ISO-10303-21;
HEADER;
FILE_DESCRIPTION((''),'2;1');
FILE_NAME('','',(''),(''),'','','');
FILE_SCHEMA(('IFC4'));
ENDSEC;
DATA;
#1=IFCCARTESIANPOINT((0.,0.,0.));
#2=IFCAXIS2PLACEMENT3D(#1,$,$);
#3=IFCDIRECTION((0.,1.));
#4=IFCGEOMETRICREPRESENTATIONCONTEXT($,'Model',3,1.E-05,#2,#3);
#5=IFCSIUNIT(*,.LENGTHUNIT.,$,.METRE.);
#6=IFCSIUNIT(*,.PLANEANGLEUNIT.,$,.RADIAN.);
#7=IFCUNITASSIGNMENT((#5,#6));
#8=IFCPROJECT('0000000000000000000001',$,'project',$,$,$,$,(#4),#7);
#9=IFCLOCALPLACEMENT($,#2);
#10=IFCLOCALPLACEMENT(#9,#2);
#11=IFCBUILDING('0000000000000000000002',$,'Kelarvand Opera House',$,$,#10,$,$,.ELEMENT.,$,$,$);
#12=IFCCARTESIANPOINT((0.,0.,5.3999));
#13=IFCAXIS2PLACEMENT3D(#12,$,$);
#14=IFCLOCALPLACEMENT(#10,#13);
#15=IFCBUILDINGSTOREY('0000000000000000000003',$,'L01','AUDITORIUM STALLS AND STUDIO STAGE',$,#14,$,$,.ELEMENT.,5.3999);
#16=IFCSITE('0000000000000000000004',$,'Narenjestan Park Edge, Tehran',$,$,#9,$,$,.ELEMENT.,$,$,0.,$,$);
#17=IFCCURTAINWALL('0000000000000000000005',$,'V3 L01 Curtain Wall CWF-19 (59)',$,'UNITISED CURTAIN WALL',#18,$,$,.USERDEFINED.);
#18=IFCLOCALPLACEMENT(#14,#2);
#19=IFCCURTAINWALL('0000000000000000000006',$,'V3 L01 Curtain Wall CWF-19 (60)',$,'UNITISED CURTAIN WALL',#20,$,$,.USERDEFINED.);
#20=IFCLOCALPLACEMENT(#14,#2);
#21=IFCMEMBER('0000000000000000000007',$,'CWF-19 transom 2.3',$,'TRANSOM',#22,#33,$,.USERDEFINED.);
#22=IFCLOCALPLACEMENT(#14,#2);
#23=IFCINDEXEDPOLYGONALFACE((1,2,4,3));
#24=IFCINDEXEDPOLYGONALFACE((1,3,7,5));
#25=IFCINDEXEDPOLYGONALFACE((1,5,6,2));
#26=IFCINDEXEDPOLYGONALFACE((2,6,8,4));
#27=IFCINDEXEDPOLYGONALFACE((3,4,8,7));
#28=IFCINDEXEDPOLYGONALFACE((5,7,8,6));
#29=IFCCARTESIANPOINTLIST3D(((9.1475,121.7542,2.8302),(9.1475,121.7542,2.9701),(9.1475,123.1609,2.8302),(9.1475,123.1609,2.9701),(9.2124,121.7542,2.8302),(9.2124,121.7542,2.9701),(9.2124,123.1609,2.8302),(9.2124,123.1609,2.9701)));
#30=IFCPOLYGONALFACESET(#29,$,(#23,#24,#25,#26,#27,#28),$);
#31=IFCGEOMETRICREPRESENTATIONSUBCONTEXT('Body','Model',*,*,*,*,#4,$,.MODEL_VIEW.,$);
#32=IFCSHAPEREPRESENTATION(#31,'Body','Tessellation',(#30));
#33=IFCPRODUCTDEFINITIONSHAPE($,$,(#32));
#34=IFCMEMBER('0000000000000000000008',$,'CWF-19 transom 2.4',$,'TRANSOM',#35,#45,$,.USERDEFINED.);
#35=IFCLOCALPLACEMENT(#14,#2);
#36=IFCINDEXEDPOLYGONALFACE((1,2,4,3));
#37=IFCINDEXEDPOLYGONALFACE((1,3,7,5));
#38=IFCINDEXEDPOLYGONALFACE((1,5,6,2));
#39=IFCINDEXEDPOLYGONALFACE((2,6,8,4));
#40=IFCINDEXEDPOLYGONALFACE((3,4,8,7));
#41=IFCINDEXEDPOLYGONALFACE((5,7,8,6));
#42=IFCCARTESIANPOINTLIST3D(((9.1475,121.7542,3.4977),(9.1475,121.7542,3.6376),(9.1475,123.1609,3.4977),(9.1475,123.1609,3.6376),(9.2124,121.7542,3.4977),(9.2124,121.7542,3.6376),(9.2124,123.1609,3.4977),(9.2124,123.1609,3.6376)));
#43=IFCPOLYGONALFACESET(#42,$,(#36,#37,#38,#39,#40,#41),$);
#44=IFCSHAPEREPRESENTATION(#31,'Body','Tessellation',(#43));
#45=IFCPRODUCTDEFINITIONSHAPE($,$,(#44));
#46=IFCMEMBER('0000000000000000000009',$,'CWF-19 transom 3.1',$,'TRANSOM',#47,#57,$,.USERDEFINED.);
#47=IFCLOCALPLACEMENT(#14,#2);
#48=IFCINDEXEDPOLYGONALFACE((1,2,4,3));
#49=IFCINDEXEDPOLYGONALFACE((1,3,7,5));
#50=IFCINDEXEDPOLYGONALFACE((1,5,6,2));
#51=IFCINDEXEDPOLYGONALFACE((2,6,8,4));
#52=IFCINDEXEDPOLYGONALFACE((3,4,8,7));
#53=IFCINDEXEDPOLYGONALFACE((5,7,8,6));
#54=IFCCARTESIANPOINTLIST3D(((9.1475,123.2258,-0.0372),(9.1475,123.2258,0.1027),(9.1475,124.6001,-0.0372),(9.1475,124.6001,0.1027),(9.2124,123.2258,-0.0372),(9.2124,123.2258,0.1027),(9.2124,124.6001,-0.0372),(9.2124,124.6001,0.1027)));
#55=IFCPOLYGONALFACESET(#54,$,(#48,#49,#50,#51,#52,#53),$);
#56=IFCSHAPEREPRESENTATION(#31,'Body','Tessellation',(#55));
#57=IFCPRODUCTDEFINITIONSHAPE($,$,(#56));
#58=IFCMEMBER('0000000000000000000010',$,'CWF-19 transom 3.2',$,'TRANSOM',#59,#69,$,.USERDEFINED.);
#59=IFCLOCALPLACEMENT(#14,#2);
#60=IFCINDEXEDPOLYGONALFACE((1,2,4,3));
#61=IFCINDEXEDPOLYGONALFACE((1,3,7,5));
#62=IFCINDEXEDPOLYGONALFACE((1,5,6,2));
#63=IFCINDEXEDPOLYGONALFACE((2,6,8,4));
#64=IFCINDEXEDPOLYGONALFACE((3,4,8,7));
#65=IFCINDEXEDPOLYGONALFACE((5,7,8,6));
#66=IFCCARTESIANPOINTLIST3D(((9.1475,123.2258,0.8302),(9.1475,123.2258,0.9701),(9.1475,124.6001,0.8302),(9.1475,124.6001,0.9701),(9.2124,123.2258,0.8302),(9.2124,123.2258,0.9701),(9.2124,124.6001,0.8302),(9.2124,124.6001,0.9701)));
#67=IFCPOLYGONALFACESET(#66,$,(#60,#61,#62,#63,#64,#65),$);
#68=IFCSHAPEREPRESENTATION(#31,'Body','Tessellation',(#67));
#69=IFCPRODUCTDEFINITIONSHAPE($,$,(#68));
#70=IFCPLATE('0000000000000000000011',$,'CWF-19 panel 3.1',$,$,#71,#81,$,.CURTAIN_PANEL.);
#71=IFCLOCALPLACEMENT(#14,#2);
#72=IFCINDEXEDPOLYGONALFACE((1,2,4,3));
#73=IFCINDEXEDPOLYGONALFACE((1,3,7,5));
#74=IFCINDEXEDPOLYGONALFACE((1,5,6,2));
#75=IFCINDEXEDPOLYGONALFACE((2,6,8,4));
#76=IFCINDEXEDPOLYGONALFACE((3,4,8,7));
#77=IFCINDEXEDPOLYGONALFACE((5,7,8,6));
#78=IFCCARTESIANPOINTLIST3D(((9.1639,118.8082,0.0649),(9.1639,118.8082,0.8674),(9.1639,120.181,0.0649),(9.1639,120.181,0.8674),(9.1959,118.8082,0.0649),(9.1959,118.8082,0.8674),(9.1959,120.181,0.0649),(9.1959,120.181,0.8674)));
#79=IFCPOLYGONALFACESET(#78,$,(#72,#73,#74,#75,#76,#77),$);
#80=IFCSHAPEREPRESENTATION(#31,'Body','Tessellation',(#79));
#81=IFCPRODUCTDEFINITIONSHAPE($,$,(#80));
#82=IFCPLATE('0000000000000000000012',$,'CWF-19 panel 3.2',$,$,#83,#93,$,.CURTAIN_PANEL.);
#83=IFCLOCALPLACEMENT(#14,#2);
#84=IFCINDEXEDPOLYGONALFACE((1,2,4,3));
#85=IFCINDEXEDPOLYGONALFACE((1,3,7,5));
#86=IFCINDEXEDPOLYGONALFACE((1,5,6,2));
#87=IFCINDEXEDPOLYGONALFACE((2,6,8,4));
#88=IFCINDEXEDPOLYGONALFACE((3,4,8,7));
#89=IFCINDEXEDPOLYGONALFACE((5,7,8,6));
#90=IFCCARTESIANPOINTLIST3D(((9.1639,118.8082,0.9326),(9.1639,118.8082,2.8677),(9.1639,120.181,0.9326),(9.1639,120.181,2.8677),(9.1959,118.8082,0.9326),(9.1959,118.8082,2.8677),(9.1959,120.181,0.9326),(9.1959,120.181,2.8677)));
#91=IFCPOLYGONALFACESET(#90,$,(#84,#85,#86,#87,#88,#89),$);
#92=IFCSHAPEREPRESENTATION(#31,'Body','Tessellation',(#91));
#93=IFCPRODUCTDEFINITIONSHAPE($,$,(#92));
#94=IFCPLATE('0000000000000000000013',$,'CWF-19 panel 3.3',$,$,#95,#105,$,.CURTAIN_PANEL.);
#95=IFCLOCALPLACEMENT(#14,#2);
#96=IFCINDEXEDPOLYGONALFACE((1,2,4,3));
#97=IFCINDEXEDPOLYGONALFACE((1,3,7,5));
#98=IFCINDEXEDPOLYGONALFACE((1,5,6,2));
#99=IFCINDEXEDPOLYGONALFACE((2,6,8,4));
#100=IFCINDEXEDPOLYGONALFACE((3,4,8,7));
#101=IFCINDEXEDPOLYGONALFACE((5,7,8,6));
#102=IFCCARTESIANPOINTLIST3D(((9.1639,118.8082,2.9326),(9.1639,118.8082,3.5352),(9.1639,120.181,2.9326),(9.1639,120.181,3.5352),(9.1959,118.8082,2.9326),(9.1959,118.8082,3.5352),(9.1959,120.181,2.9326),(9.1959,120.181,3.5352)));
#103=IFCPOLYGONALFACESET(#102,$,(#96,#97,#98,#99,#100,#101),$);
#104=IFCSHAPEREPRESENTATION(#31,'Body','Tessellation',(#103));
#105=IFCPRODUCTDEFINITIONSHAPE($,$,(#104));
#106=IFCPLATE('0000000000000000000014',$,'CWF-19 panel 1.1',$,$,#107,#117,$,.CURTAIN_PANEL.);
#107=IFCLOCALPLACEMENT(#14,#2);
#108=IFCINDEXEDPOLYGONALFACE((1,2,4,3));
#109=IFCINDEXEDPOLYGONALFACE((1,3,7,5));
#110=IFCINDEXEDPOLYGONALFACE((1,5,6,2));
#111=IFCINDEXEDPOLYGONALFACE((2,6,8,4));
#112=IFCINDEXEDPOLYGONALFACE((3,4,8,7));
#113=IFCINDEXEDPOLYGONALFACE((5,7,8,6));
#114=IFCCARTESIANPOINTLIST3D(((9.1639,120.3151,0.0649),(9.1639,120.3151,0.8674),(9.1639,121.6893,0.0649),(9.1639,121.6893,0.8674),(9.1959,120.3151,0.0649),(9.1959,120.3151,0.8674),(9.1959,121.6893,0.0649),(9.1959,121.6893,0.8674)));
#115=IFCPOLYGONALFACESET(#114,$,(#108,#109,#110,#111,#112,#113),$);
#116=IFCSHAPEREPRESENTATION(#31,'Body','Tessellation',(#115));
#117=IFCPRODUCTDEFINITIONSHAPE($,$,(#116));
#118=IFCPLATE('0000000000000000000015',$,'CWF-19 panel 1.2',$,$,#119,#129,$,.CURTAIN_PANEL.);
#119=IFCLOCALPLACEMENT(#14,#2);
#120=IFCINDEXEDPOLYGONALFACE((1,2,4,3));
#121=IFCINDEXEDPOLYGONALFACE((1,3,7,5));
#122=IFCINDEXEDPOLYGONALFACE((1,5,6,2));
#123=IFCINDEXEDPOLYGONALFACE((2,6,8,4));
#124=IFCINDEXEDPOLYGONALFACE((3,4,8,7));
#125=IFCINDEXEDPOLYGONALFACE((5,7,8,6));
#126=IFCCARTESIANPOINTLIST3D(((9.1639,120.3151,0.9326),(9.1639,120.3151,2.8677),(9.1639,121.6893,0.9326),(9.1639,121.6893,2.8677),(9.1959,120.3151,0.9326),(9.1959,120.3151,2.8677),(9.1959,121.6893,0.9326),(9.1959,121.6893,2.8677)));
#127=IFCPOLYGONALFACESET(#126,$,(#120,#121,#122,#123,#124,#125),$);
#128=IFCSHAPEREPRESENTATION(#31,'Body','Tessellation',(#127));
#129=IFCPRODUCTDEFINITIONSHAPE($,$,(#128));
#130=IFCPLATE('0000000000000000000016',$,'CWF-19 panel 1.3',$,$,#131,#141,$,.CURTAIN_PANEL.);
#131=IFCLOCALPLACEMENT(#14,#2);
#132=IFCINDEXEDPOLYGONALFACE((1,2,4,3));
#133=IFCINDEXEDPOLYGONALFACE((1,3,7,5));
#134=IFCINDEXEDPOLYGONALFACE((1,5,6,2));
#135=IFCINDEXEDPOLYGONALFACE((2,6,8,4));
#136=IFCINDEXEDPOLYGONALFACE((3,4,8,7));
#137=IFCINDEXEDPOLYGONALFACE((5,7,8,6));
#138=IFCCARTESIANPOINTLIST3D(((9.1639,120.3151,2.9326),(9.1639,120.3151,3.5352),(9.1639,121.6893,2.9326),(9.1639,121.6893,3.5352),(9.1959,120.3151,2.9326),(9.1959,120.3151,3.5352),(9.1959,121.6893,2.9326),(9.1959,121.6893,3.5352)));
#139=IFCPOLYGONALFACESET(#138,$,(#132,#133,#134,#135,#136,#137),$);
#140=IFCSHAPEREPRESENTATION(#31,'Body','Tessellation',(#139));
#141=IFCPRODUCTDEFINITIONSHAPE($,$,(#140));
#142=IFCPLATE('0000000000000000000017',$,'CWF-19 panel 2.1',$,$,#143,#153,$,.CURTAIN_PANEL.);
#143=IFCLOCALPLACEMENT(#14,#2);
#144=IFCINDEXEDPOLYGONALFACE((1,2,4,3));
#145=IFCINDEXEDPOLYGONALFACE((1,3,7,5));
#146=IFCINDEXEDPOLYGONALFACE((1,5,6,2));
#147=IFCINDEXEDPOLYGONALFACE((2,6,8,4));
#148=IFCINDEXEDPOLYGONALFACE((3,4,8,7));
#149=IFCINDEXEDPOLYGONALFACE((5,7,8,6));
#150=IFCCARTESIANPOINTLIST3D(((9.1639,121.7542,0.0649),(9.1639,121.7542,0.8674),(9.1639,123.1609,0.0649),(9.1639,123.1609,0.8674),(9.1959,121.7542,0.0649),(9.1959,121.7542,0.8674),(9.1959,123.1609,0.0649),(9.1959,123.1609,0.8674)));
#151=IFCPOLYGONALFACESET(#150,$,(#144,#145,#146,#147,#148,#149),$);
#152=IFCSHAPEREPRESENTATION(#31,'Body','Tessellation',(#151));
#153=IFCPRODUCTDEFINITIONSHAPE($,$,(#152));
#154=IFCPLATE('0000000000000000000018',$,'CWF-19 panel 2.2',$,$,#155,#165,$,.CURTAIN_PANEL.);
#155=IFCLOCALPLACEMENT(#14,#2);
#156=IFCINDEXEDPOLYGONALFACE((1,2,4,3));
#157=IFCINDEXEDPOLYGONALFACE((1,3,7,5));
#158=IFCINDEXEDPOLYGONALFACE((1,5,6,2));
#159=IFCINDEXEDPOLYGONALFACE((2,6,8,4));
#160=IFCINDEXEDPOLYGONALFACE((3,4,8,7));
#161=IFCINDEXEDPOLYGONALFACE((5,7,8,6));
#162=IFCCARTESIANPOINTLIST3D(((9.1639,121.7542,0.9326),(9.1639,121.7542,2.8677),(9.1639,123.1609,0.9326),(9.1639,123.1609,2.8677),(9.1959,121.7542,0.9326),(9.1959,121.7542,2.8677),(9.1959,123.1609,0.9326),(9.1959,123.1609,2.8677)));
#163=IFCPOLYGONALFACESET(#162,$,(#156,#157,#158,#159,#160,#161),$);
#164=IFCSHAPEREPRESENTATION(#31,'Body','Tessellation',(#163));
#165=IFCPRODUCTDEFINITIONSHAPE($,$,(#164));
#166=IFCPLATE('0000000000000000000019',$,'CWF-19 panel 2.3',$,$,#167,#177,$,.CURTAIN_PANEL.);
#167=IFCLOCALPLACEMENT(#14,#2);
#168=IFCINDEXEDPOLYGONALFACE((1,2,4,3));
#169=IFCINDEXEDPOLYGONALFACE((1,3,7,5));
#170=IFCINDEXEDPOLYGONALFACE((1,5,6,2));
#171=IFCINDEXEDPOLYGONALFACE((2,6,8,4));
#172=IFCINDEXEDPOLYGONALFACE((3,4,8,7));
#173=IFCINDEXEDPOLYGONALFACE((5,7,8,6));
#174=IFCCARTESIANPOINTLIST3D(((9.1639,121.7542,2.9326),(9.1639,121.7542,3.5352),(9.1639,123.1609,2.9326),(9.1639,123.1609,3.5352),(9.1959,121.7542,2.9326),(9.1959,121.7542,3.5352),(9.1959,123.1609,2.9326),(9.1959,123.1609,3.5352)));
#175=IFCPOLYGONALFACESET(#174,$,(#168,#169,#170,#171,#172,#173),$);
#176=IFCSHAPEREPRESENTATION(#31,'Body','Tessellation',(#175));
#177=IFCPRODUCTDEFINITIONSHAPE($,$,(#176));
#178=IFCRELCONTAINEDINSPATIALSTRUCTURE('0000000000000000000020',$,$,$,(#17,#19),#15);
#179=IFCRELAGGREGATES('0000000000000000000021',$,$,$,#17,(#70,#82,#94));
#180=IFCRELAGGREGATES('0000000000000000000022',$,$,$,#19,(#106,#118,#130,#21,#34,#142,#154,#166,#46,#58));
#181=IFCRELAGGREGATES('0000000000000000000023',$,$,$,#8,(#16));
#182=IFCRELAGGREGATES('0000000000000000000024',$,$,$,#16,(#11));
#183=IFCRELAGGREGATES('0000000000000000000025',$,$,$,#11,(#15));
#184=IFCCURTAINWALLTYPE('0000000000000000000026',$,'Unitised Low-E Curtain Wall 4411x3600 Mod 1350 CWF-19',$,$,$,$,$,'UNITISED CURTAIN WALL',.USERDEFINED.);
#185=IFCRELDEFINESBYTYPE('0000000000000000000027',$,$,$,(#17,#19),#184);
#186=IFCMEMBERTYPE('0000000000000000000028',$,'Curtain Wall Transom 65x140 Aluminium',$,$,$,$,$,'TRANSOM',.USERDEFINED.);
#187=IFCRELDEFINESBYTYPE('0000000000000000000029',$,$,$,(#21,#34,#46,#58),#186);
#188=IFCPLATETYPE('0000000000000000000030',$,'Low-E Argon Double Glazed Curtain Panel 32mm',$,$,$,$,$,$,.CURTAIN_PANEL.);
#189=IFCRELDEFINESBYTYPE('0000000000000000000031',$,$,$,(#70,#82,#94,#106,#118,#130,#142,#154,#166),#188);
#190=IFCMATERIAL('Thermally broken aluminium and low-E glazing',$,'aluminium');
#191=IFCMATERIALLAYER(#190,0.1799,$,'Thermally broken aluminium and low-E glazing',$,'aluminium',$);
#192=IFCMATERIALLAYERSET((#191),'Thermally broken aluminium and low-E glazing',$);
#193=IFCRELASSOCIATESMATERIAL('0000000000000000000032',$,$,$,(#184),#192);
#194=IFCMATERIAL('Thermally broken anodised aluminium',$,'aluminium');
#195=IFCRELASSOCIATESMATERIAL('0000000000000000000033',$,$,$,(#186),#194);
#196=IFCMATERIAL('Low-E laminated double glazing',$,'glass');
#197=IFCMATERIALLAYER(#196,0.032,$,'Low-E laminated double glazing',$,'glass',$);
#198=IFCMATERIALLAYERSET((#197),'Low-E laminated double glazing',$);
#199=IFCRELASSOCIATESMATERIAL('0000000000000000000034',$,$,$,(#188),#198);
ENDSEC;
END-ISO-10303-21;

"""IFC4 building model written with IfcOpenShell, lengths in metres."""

from ifc_helpers import new_model, si_unit, direction, frame, origin, origin_2d, place, context, subcontext, project, spatial, rectangle, extrude, material, layer, layer_set, material_profile, profile_set, type_object, element, aggregate, save


model = new_model("IFC4")

# Units and contexts
model_context = context("Model", 3, precision=1e-05, world=origin(), true_north=direction((0.0, 1.0)))
body_context = subcontext(model_context, "Body", "Model", "MODEL_VIEW")
ifc_project = project(units=[si_unit("LENGTHUNIT", "METRE"), si_unit("PLANEANGLEUNIT", "RADIAN")], contexts=[model_context])

# Site, building, storey
site_placement = place(None, origin())
site = spatial("IfcSite", under=ifc_project, at=site_placement, Name="Narenjestan Park Edge, Tehran", CompositionType="ELEMENT", RefElevation=0.0)
building_placement = place(site_placement, origin())
building = spatial("IfcBuilding", under=site, at=building_placement, Name="Kelarvand Opera House", CompositionType="ELEMENT")
storey_placement = place(building_placement, frame((0.0, 0.0, 5.3999)))
storey = spatial("IfcBuildingStorey", under=building, at=storey_placement, Name="L01", Description="AUDITORIUM STALLS AND STUDIO STAGE", CompositionType="ELEMENT", Elevation=5.3999)

# Curtain walls
ifc_material_1 = material(Name="Thermally broken aluminium and low-E glazing", Category="aluminium")
ifc_layer_1 = layer(ifc_material_1, 0.1799, Name="Thermally broken aluminium and low-E glazing", Category="aluminium")
ifc_layer_set_1 = layer_set([ifc_layer_1], Name="Thermally broken aluminium and low-E glazing")
curtain_wall_type = type_object("IfcCurtainWallType", Name="Unitised Low-E Curtain Wall 4411x3600 Mod 1350 CWF-19", ElementType="UNITISED CURTAIN WALL", PredefinedType="USERDEFINED", material=ifc_layer_set_1)
curtain_wall_1_placement = place(storey_placement, origin())
curtain_wall_1 = element("IfcCurtainWall", 1, at=curtain_wall_1_placement, inside=storey, type_object=curtain_wall_type, Name="V3 L01 Curtain Wall CWF-19 (59)", ObjectType="UNITISED CURTAIN WALL", PredefinedType="USERDEFINED")
ifc_material_2 = material(Name="Thermally broken anodised aluminium", Category="aluminium")
curtain_wall_2_placement = place(storey_placement, origin())
curtain_wall_2 = element("IfcCurtainWall", 2, at=curtain_wall_2_placement, inside=storey, type_object=curtain_wall_type, Name="V3 L01 Curtain Wall CWF-19 (60)", ObjectType="UNITISED CURTAIN WALL", PredefinedType="USERDEFINED")

# Members
ifc_material_profile_1 = material_profile(ifc_material_2, rectangle(XDim=0.0649, YDim=0.1399, at=origin_2d()), Name="ALU TRANSOM 65x140", Category="aluminium")
ifc_profile_set_1 = profile_set([ifc_material_profile_1], Name="Thermally broken anodised aluminium")
member_type_1 = type_object("IfcMemberType", Name="Curtain Wall Transom 65x140 Aluminium", ElementType="TRANSOM", PredefinedType="USERDEFINED", material=ifc_profile_set_1)
member_1_placement = place(storey_placement, frame((9.1799, 121.7542, 2.9001), z_axis=(0.0, 1.0, 0.0), x_axis=(-1.0, 0.0, 0.0)))
member_1 = element("IfcMember", 3, at=member_1_placement, type_object=member_type_1, Name="CWF-19 transom 2.3", ObjectType="TRANSOM", PredefinedType="USERDEFINED", context=body_context, shape_type="SweptSolid", body=[
    extrude(rectangle(XDim=0.0649, YDim=0.1399, at=origin_2d()), origin(), (0.0, 0.0, 1.0), 1.4067),
])
member_2_placement = place(storey_placement, frame((9.1799, 121.7542, 3.5676), z_axis=(0.0, 1.0, 0.0), x_axis=(-1.0, 0.0, 0.0)))
member_2 = element("IfcMember", 4, at=member_2_placement, type_object=member_type_1, Name="CWF-19 transom 2.4", ObjectType="TRANSOM", PredefinedType="USERDEFINED", context=body_context, shape_type="SweptSolid", body=[
    extrude(rectangle(XDim=0.0649, YDim=0.1399, at=origin_2d()), origin(), (0.0, 0.0, 1.0), 1.4067),
])
member_3_placement = place(storey_placement, frame((9.1799, 123.2258, 0.0327), z_axis=(0.0, 1.0, 0.0), x_axis=(-1.0, 0.0, 0.0)))
member_3 = element("IfcMember", 5, at=member_3_placement, type_object=member_type_1, Name="CWF-19 transom 3.1", ObjectType="TRANSOM", PredefinedType="USERDEFINED", context=body_context, shape_type="SweptSolid", body=[
    extrude(rectangle(XDim=0.0649, YDim=0.1399, at=origin_2d()), origin(), (0.0, 0.0, 1.0), 1.3743),
])
member_4_placement = place(storey_placement, frame((9.1799, 123.2258, 0.9001), z_axis=(0.0, 1.0, 0.0), x_axis=(-1.0, 0.0, 0.0)))
member_4 = element("IfcMember", 6, at=member_4_placement, type_object=member_type_1, Name="CWF-19 transom 3.2", ObjectType="TRANSOM", PredefinedType="USERDEFINED", context=body_context, shape_type="SweptSolid", body=[
    extrude(rectangle(XDim=0.0649, YDim=0.1399, at=origin_2d()), origin(), (0.0, 0.0, 1.0), 1.3743),
])

# Plates
ifc_material_3 = material(Name="Low-E laminated double glazing", Category="glass")
ifc_layer_2 = layer(ifc_material_3, 0.032, Name="Low-E laminated double glazing", Category="glass")
ifc_layer_set_2 = layer_set([ifc_layer_2], Name="Low-E laminated double glazing")
plate_type = type_object("IfcPlateType", Name="Low-E Argon Double Glazed Curtain Panel 32mm", PredefinedType="CURTAIN_PANEL", material=ifc_layer_set_2)
plate_1_placement = place(storey_placement, frame((9.1799, 119.4946, 0.0649), z_axis=(0.0, 0.0, 1.0), x_axis=(0.0, 1.0, 0.0)))
plate_1 = element("IfcPlate", 7, at=plate_1_placement, type_object=plate_type, Name="CWF-19 panel 3.1", PredefinedType="CURTAIN_PANEL", context=body_context, shape_type="SweptSolid", body=[
    extrude(rectangle(XDim=1.3728, YDim=0.032, at=origin_2d()), origin(), (0.0, 0.0, 1.0), 0.8025),
])
plate_2_placement = place(storey_placement, frame((9.1799, 119.4946, 0.9326), z_axis=(0.0, 0.0, 1.0), x_axis=(0.0, 1.0, 0.0)))
plate_2 = element("IfcPlate", 8, at=plate_2_placement, type_object=plate_type, Name="CWF-19 panel 3.2", PredefinedType="CURTAIN_PANEL", context=body_context, shape_type="SweptSolid", body=[
    extrude(rectangle(XDim=1.3728, YDim=0.032, at=origin_2d()), origin(), (0.0, 0.0, 1.0), 1.9351),
])
plate_3_placement = place(storey_placement, frame((9.1799, 119.4946, 2.9326), z_axis=(0.0, 0.0, 1.0), x_axis=(0.0, 1.0, 0.0)))
plate_3 = element("IfcPlate", 9, at=plate_3_placement, type_object=plate_type, Name="CWF-19 panel 3.3", PredefinedType="CURTAIN_PANEL", context=body_context, shape_type="SweptSolid", body=[
    extrude(rectangle(XDim=1.3728, YDim=0.032, at=origin_2d()), origin(), (0.0, 0.0, 1.0), 0.6025),
])
aggregate(curtain_wall_1, [plate_1, plate_2, plate_3])
plate_4_placement = place(storey_placement, frame((9.1799, 121.0022, 0.0649), z_axis=(0.0, 0.0, 1.0), x_axis=(0.0, 1.0, 0.0)))
plate_4 = element("IfcPlate", 10, at=plate_4_placement, type_object=plate_type, Name="CWF-19 panel 1.1", PredefinedType="CURTAIN_PANEL", context=body_context, shape_type="SweptSolid", body=[
    extrude(rectangle(XDim=1.3743, YDim=0.032, at=origin_2d()), origin(), (0.0, 0.0, 1.0), 0.8025),
])
plate_5_placement = place(storey_placement, frame((9.1799, 121.0022, 0.9326), z_axis=(0.0, 0.0, 1.0), x_axis=(0.0, 1.0, 0.0)))
plate_5 = element("IfcPlate", 11, at=plate_5_placement, type_object=plate_type, Name="CWF-19 panel 1.2", PredefinedType="CURTAIN_PANEL", context=body_context, shape_type="SweptSolid", body=[
    extrude(rectangle(XDim=1.3743, YDim=0.032, at=origin_2d()), origin(), (0.0, 0.0, 1.0), 1.9351),
])
plate_6_placement = place(storey_placement, frame((9.1799, 121.0022, 2.9326), z_axis=(0.0, 0.0, 1.0), x_axis=(0.0, 1.0, 0.0)))
plate_6 = element("IfcPlate", 12, at=plate_6_placement, type_object=plate_type, Name="CWF-19 panel 1.3", PredefinedType="CURTAIN_PANEL", context=body_context, shape_type="SweptSolid", body=[
    extrude(rectangle(XDim=1.3743, YDim=0.032, at=origin_2d()), origin(), (0.0, 0.0, 1.0), 0.6025),
])
plate_7_placement = place(storey_placement, frame((9.1799, 122.4575, 0.0649), z_axis=(0.0, 0.0, 1.0), x_axis=(0.0, 1.0, 0.0)))
plate_7 = element("IfcPlate", 13, at=plate_7_placement, type_object=plate_type, Name="CWF-19 panel 2.1", PredefinedType="CURTAIN_PANEL", context=body_context, shape_type="SweptSolid", body=[
    extrude(rectangle(XDim=1.4067, YDim=0.032, at=origin_2d()), origin(), (0.0, 0.0, 1.0), 0.8025),
])
plate_8_placement = place(storey_placement, frame((9.1799, 122.4575, 0.9326), z_axis=(0.0, 0.0, 1.0), x_axis=(0.0, 1.0, 0.0)))
plate_8 = element("IfcPlate", 14, at=plate_8_placement, type_object=plate_type, Name="CWF-19 panel 2.2", PredefinedType="CURTAIN_PANEL", context=body_context, shape_type="SweptSolid", body=[
    extrude(rectangle(XDim=1.4067, YDim=0.032, at=origin_2d()), origin(), (0.0, 0.0, 1.0), 1.9351),
])
plate_9_placement = place(storey_placement, frame((9.1799, 122.4575, 2.9326), z_axis=(0.0, 0.0, 1.0), x_axis=(0.0, 1.0, 0.0)))
plate_9 = element("IfcPlate", 15, at=plate_9_placement, type_object=plate_type, Name="CWF-19 panel 2.3", PredefinedType="CURTAIN_PANEL", context=body_context, shape_type="SweptSolid", body=[
    extrude(rectangle(XDim=1.4067, YDim=0.032, at=origin_2d()), origin(), (0.0, 0.0, 1.0), 0.6025),
])
aggregate(curtain_wall_2, [plate_4, plate_5, plate_6, member_1, member_2, plate_7, plate_8, plate_9, member_3, member_4])

save(model, "model.ifc")
